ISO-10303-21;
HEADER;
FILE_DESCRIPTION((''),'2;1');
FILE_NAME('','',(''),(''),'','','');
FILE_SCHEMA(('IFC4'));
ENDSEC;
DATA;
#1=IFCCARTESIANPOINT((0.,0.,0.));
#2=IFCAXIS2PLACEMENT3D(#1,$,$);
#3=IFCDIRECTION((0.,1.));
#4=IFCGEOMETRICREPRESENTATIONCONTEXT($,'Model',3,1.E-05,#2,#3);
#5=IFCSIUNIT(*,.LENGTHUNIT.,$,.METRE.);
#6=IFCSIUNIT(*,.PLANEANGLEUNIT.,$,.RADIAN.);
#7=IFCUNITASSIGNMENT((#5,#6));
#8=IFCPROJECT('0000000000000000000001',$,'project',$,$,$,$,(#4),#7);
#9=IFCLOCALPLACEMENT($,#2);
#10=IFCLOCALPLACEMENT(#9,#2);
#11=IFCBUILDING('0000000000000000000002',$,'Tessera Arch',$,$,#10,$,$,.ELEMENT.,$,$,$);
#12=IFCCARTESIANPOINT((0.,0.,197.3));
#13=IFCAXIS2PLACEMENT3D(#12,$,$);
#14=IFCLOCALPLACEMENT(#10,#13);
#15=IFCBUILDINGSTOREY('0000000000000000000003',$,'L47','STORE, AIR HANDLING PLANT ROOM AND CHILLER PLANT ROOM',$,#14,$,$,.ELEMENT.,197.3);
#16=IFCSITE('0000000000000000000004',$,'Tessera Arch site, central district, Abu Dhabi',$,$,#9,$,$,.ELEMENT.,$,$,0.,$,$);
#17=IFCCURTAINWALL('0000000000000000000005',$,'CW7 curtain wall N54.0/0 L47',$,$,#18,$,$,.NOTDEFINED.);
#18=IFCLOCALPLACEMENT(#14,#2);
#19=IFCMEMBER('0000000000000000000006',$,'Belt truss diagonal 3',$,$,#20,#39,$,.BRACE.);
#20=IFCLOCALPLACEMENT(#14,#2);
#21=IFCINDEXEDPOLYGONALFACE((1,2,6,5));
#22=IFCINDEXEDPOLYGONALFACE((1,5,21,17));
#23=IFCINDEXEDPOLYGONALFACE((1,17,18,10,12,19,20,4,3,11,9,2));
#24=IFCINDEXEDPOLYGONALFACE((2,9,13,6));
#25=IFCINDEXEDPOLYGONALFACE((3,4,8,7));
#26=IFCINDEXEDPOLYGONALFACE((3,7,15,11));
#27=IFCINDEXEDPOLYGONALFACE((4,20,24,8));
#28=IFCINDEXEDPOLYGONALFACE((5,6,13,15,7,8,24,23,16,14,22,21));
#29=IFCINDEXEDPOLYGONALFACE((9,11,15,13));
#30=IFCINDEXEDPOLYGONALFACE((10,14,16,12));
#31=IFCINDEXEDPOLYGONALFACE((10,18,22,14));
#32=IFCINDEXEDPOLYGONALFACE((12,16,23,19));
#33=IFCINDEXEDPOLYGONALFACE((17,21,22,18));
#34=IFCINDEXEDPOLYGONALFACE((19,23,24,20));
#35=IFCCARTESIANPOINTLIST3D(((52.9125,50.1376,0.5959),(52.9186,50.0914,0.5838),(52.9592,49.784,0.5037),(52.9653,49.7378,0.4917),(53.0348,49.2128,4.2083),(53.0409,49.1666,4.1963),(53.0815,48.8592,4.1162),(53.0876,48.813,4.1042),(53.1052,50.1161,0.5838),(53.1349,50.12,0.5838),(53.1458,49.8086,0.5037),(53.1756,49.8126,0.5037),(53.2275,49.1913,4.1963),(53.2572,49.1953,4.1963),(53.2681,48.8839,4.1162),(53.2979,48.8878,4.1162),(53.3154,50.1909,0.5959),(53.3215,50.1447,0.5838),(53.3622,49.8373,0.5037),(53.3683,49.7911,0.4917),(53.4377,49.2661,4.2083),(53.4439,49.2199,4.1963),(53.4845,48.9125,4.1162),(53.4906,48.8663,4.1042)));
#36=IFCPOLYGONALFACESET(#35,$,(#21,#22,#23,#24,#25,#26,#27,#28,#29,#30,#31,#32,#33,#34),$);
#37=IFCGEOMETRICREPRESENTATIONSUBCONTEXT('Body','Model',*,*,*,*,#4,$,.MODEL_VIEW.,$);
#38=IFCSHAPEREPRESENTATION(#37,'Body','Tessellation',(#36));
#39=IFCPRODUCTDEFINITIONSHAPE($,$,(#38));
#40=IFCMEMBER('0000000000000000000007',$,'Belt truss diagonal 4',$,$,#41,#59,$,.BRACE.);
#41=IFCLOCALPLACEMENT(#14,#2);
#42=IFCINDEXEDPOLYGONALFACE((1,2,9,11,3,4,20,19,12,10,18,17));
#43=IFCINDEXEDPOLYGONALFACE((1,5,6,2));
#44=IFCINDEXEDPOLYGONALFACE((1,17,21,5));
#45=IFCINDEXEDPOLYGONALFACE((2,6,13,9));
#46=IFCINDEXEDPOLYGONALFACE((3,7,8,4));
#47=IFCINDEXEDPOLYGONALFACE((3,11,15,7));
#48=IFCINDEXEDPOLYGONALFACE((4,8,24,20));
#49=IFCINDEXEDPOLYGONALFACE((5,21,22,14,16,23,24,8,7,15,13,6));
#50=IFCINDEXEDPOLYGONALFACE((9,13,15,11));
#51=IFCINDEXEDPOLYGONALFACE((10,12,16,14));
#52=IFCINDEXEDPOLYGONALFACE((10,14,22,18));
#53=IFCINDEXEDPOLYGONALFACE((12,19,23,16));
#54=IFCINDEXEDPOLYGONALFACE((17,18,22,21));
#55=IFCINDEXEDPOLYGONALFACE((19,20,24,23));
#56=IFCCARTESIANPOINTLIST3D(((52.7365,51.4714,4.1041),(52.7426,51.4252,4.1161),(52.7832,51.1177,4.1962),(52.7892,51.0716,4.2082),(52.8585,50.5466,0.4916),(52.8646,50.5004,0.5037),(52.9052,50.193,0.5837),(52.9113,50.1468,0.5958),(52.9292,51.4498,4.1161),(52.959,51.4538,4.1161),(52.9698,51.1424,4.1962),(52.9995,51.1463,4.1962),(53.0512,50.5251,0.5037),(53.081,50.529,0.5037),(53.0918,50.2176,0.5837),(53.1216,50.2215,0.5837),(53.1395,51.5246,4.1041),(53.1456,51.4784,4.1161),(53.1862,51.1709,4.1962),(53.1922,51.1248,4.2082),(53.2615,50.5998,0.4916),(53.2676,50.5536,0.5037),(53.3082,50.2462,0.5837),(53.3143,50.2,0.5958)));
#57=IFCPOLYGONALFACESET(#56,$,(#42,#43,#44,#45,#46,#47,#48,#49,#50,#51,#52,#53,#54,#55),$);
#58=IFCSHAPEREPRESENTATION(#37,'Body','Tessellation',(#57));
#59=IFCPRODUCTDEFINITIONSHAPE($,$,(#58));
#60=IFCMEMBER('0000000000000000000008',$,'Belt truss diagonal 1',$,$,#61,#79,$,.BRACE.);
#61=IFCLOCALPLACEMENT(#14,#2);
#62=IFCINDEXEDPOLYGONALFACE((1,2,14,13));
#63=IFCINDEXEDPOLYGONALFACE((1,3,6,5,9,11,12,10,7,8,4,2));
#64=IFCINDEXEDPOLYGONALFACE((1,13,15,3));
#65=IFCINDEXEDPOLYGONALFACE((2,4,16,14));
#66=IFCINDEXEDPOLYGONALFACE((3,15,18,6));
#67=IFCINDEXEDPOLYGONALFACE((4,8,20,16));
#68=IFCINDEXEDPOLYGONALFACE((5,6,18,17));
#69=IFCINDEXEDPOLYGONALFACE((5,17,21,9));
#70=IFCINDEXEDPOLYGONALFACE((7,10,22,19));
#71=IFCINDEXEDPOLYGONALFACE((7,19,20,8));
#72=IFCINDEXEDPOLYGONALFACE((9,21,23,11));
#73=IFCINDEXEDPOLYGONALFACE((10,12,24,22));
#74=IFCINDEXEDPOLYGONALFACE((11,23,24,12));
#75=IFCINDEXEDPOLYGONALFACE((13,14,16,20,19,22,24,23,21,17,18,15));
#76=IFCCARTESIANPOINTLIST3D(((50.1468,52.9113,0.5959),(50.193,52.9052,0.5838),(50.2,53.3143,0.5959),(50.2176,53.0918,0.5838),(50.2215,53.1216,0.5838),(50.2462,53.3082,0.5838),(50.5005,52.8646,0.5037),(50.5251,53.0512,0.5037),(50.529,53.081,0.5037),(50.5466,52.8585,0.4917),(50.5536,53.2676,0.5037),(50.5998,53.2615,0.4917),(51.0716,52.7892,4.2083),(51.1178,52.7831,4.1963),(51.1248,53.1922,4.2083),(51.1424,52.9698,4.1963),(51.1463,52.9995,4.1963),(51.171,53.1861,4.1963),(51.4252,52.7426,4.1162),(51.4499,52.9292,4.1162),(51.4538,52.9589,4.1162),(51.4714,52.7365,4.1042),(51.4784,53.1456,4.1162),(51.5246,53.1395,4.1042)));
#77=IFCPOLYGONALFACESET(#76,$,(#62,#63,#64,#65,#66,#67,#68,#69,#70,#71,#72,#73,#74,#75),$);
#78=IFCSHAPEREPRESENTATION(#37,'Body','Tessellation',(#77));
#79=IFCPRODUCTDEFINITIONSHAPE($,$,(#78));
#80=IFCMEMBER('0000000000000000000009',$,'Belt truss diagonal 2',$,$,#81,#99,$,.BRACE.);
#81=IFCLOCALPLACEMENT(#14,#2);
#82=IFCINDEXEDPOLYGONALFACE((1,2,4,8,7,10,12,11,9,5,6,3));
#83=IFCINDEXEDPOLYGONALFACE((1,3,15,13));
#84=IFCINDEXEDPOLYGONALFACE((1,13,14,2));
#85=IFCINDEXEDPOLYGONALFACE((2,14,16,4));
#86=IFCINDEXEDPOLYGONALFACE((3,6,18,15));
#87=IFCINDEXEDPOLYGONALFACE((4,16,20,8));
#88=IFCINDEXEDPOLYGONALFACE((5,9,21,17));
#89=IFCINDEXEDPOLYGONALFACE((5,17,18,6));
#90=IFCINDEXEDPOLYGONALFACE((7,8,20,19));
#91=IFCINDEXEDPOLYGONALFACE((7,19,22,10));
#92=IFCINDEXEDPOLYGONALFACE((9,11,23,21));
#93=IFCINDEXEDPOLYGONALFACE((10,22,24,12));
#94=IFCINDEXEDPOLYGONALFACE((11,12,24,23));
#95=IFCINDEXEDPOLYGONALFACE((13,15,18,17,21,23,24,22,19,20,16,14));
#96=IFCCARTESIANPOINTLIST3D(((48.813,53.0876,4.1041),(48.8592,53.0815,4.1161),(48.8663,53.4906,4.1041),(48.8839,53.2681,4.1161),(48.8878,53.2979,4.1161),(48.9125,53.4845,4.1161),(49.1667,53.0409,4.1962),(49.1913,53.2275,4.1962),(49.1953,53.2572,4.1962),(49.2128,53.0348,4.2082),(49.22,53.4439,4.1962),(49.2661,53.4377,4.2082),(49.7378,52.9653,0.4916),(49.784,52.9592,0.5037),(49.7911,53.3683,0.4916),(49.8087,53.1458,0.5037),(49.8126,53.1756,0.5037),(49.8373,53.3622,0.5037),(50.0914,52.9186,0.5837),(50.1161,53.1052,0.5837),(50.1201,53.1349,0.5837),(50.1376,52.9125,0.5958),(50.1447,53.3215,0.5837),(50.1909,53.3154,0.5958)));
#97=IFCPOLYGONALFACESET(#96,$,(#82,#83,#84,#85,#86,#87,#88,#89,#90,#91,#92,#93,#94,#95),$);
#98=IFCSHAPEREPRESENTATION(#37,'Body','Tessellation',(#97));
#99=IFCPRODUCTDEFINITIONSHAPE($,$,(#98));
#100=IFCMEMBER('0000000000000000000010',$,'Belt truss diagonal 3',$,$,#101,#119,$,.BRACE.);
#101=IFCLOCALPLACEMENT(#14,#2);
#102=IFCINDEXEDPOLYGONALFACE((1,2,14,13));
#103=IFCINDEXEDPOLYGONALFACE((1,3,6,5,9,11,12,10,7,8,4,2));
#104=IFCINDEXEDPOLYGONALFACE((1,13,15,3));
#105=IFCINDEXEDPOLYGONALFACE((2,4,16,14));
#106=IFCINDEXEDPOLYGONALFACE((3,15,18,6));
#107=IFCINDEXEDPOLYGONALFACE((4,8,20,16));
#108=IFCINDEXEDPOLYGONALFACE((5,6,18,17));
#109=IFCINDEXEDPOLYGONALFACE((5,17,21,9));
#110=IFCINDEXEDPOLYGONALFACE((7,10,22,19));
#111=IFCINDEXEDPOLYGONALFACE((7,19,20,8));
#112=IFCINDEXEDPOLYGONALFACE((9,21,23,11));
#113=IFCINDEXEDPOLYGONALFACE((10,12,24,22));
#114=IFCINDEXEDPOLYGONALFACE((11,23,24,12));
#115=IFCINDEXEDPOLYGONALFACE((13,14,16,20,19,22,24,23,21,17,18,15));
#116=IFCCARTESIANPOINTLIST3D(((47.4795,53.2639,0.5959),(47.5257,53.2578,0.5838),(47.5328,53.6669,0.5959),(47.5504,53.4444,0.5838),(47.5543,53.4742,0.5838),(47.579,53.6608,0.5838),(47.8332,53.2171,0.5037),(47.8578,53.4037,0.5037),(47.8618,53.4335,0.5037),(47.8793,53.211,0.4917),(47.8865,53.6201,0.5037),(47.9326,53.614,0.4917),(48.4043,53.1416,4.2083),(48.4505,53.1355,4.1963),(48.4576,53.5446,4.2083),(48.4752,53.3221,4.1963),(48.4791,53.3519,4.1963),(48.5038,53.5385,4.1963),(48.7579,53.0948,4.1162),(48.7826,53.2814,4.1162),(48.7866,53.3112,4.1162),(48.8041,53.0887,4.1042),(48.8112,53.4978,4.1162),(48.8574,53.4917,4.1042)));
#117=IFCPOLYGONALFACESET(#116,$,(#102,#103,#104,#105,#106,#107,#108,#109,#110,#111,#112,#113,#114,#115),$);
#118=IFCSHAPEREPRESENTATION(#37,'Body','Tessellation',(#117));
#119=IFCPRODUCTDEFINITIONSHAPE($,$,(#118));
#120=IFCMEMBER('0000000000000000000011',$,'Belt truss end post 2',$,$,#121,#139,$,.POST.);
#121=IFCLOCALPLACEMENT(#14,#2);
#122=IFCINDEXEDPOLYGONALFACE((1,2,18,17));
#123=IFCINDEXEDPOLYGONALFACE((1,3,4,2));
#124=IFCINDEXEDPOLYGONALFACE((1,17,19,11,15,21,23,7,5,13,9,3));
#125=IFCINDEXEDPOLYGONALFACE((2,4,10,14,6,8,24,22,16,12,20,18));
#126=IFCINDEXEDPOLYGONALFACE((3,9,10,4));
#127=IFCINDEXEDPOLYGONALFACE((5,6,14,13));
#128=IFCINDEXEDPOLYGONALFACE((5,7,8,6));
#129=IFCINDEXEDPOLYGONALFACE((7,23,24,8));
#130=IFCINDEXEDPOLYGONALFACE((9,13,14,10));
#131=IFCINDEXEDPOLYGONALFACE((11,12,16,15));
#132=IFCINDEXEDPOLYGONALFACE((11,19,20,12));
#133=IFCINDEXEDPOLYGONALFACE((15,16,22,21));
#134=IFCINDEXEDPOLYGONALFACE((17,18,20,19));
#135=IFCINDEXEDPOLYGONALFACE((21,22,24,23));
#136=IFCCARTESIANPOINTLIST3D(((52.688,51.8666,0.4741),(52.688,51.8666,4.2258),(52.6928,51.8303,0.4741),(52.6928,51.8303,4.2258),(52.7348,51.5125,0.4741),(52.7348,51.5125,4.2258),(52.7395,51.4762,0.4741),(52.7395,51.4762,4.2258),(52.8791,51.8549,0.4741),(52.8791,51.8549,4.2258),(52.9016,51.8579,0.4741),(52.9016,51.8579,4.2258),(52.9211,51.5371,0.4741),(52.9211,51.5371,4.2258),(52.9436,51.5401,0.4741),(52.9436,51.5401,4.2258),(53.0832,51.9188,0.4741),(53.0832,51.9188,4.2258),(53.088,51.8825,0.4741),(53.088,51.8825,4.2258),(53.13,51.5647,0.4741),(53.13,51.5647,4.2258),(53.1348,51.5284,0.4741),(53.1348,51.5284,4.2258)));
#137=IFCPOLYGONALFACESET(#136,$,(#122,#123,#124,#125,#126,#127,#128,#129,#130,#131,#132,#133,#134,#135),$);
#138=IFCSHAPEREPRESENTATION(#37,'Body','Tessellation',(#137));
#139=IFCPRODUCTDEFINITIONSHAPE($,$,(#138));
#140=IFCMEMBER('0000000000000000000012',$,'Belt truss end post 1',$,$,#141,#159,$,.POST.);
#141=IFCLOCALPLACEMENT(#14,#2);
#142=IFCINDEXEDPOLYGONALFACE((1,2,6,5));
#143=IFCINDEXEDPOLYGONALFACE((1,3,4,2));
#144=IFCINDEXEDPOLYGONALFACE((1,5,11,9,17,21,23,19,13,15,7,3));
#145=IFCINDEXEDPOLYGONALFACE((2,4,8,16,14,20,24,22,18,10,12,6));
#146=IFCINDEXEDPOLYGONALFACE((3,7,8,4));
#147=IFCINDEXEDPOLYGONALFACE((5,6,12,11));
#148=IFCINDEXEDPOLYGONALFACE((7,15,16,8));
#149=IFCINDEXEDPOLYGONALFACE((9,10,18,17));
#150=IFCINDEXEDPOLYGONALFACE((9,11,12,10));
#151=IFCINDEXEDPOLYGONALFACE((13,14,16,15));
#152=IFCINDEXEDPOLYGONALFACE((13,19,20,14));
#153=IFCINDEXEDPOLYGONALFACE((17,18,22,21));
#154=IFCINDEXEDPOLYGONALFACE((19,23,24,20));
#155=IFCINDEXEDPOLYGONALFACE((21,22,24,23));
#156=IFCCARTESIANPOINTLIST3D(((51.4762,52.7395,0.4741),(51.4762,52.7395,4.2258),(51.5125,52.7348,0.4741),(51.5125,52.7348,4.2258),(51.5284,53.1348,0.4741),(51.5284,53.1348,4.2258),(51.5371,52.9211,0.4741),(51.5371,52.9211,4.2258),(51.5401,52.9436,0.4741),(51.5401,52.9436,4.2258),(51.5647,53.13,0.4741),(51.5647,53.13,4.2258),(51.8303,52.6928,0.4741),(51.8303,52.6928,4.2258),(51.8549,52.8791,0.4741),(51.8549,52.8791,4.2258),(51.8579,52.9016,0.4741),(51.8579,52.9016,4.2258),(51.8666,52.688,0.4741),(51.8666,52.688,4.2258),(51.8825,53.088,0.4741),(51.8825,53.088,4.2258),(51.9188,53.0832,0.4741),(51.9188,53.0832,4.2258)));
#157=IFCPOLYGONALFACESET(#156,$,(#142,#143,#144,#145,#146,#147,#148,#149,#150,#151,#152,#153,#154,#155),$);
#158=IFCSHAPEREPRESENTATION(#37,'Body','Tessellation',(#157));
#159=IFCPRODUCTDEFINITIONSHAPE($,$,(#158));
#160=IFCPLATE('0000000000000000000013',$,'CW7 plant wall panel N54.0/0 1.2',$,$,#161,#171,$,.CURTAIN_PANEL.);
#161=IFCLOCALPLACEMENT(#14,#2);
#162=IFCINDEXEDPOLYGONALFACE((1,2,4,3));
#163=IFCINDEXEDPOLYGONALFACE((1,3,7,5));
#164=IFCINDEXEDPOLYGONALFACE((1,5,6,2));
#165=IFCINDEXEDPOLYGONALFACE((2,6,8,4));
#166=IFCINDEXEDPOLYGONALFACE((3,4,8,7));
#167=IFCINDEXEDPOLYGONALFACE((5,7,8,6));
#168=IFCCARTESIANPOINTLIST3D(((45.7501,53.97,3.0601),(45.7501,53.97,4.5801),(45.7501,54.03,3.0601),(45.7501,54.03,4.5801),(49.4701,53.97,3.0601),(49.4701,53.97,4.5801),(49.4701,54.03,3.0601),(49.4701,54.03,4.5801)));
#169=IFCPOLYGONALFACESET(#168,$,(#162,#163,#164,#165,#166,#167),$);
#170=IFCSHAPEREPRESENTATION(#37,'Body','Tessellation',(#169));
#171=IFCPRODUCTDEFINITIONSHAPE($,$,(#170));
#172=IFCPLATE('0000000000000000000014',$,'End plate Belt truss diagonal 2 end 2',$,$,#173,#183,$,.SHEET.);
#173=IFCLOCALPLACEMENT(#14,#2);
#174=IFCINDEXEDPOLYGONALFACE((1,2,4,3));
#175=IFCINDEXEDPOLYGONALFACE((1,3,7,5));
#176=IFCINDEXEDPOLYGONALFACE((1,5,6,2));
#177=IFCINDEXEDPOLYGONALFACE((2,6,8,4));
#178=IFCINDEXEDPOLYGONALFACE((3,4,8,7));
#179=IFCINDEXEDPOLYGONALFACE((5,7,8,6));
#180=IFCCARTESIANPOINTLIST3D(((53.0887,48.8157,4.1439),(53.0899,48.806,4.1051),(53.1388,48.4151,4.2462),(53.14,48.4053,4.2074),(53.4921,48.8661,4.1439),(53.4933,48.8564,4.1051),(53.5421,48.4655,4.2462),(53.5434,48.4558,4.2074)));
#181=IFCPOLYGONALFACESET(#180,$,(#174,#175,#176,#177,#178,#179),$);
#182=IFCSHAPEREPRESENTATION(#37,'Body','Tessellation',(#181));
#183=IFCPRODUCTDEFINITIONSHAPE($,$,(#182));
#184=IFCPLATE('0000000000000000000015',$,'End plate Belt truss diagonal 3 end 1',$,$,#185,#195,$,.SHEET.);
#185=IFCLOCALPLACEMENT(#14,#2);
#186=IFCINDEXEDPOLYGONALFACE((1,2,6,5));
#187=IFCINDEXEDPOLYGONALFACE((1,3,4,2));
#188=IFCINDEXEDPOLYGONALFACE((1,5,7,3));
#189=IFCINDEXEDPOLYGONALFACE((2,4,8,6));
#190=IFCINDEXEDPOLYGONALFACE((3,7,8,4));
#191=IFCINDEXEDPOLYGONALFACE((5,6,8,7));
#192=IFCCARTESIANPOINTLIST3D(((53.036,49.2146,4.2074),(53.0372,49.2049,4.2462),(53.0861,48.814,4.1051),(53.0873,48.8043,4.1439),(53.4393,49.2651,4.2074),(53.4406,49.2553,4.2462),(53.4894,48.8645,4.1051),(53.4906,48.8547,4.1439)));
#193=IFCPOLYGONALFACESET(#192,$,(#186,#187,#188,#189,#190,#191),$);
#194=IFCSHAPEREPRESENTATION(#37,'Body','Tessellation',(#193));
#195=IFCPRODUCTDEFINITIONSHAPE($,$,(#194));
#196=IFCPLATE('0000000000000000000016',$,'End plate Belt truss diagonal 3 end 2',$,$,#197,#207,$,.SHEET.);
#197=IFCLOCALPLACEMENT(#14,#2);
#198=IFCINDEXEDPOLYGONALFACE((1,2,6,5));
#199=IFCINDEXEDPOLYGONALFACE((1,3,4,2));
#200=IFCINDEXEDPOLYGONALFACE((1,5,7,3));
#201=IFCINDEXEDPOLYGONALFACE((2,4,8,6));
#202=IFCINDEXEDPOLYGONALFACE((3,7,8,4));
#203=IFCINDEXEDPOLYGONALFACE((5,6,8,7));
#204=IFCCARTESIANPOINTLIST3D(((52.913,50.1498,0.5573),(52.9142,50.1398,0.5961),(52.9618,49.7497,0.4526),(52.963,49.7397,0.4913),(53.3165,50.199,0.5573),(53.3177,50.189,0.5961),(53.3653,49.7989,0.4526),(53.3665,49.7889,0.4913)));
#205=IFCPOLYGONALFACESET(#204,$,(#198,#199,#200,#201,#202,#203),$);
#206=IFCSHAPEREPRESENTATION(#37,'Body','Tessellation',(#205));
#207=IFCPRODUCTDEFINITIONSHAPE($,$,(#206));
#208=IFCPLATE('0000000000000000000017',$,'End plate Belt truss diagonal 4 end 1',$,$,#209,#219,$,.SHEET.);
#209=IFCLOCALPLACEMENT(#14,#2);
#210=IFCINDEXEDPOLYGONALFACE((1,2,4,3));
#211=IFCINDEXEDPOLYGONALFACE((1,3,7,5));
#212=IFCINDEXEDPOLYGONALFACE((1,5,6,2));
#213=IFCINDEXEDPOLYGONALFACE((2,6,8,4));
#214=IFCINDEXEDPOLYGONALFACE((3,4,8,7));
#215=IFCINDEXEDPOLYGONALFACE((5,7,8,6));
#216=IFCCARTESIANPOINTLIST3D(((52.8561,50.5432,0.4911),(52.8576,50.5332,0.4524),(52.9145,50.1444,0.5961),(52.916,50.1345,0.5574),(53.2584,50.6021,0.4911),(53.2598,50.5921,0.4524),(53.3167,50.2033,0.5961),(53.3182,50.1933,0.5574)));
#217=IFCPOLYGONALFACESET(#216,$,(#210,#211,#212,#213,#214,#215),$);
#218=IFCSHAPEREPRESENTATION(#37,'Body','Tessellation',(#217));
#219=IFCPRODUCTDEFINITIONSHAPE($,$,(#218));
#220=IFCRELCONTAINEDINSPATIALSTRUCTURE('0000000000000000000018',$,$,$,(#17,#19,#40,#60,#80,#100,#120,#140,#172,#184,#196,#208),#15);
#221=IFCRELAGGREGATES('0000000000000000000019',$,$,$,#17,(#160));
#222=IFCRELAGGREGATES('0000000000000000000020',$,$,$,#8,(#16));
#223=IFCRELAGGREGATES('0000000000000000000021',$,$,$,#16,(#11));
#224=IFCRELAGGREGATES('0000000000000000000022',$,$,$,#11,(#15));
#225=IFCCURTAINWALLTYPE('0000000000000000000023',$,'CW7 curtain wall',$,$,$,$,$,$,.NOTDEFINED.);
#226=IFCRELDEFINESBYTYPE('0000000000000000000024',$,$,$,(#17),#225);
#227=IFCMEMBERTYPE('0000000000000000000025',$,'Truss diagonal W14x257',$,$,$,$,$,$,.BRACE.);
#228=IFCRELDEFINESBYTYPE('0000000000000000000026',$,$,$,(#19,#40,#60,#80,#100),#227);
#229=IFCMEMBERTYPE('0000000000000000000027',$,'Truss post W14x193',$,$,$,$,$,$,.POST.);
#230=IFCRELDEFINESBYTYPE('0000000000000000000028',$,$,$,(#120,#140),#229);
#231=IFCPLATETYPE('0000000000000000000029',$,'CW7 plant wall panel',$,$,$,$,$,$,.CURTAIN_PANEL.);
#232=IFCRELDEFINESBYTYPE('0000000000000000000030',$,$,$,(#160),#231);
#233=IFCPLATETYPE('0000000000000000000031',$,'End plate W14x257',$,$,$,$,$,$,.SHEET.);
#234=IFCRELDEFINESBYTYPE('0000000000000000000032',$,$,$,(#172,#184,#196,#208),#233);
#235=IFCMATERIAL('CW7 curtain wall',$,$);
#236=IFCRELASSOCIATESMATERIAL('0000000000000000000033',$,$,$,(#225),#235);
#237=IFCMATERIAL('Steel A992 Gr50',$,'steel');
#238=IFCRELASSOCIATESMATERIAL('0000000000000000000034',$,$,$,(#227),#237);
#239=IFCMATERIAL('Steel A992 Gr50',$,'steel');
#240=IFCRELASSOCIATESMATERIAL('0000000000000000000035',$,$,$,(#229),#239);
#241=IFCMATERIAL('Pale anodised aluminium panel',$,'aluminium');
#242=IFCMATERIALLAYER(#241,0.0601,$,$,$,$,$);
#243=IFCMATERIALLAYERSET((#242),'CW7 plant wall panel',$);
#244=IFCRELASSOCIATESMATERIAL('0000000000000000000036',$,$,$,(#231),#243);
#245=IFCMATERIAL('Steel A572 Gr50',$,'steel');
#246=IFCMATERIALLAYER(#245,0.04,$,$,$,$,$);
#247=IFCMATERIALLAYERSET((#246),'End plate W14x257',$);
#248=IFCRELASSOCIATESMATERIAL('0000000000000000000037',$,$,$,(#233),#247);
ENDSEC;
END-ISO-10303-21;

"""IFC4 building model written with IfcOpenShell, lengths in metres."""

from ifc_helpers import new_model, si_unit, direction, frame, origin, origin_2d, place, context, subcontext, project, spatial, rectangle, i_section, extrude, material, layer, layer_set, material_profile, profile_set, type_object, element, aggregate, save


model = new_model("IFC4")

# Units and contexts
model_context = context("Model", 3, precision=1e-05, world=origin(), true_north=direction((0.0, 1.0)))
body_context = subcontext(model_context, "Body", "Model", "MODEL_VIEW")
ifc_project = project(units=[si_unit("LENGTHUNIT", "METRE"), si_unit("PLANEANGLEUNIT", "RADIAN")], contexts=[model_context])

# Site, building, storey
site_placement = place(None, origin())
site = spatial("IfcSite", under=ifc_project, at=site_placement, Name="Tessera Arch site, central district, Abu Dhabi", CompositionType="ELEMENT", RefElevation=0.0)
building_placement = place(site_placement, origin())
building = spatial("IfcBuilding", under=site, at=building_placement, Name="Tessera Arch", CompositionType="ELEMENT")
storey_placement = place(building_placement, frame((0.0, 0.0, 197.3)))
storey = spatial("IfcBuildingStorey", under=building, at=storey_placement, Name="L47", Description="STORE, AIR HANDLING PLANT ROOM AND CHILLER PLANT ROOM", CompositionType="ELEMENT", Elevation=197.3)

# Curtain wall
ifc_material_1 = material(Name="CW7 curtain wall")
curtain_wall_type = type_object("IfcCurtainWallType", Name="CW7 curtain wall", PredefinedType="NOTDEFINED", material=ifc_material_1)
curtain_wall_1_placement = place(storey_placement, origin())
curtain_wall_1 = element("IfcCurtainWall", 1, at=curtain_wall_1_placement, inside=storey, type_object=curtain_wall_type, Name="CW7 curtain wall N54.0/0 L47", PredefinedType="NOTDEFINED")

# Members
ifc_material_2 = material(Name="Steel A992 Gr50", Category="steel")
ifc_material_profile_1 = material_profile(ifc_material_2, i_section(OverallWidth=0.4065, OverallDepth=0.4165, WebThickness=0.03, FlangeThickness=0.0481, at=origin_2d()), Name="W14x257")
ifc_profile_set_1 = profile_set([ifc_material_profile_1], Name="Steel A992 Gr50")
member_type_1 = type_object("IfcMemberType", Name="Truss diagonal W14x257", PredefinedType="BRACE", material=ifc_profile_set_1)
for number, where, z_axis, x_axis, name in (
    (2, (53.2627, 49.0396, 4.1562), (-0.032783, 0.247867, -0.968239), (-0.991367, -0.131118, 0.0), "Belt truss diagonal 3"),
    (3, (53.0864, 50.3733, 0.5437), (-0.032717, 0.247868, 0.968241), (-0.991401, -0.130861, 0.0), "Belt truss diagonal 4"),
    (4, (51.2981, 52.9644, 4.1562), (-0.247868, 0.032717, -0.968241), (-0.130861, -0.991401, 0.0), "Belt truss diagonal 1"),
    (5, (49.9644, 53.1404, 0.5437), (-0.247867, 0.032783, 0.968239), (-0.131118, -0.991367, 0.0), "Belt truss diagonal 2"),
    (6, (48.6309, 53.3167, 4.1562), (-0.247867, 0.032783, -0.968239), (-0.131118, -0.991367, 0.0), "Belt truss diagonal 3"),
):
    element("IfcMember", number, at=place(storey_placement, frame(where, z_axis=z_axis, x_axis=x_axis)), inside=storey, type_object=member_type_1, Name=name, PredefinedType="BRACE", context=body_context, shape_type="SweptSolid", body=[
        extrude(i_section(OverallWidth=0.4065, OverallDepth=0.4165, WebThickness=0.03, FlangeThickness=0.0481, at=origin_2d()), origin(), (0.0, 0.0, 1.0), 3.731),
    ])
ifc_material_3 = material(Name="Steel A992 Gr50", Category="steel")
ifc_material_profile_2 = material_profile(ifc_material_3, i_section(OverallWidth=0.3987, OverallDepth=0.3938, WebThickness=0.0227, FlangeThickness=0.0366, at=origin_2d()), Name="W14x193")
ifc_profile_set_2 = profile_set([ifc_material_profile_2], Name="Steel A992 Gr50")
member_type_2 = type_object("IfcMemberType", Name="Truss post W14x193", PredefinedType="POST", material=ifc_profile_set_2)
for number, where, z_axis, x_axis, name in (
    (7, (52.9114, 51.6975, 0.4741), (0.0, 0.0, 1.0), (0.991382, 0.131003, 0.0), "Belt truss end post 2"),
    (8, (51.6975, 52.9114, 0.4741), (0.0, 0.0, 1.0), (0.131003, 0.991382, 0.0), "Belt truss end post 1"),
):
    element("IfcMember", number, at=place(storey_placement, frame(where, z_axis=z_axis, x_axis=x_axis)), inside=storey, type_object=member_type_2, Name=name, PredefinedType="POST", context=body_context, shape_type="SweptSolid", body=[
        extrude(i_section(OverallWidth=0.3987, OverallDepth=0.3938, WebThickness=0.0227, FlangeThickness=0.0366, at=origin_2d()), origin(), (0.0, 0.0, 1.0), 3.7517),
    ])

# Plate
ifc_material_4 = material(Name="Pale anodised aluminium panel", Category="aluminium")
ifc_layer_1 = layer(ifc_material_4, 0.0601)
ifc_layer_set_1 = layer_set([ifc_layer_1], Name="CW7 plant wall panel")
plate_type_1 = type_object("IfcPlateType", Name="CW7 plant wall panel", PredefinedType="CURTAIN_PANEL", material=ifc_layer_set_1)
plate_placement = place(storey_placement, frame((47.6101, 54.0, 3.0601), z_axis=(0.0, 0.0, 1.0), x_axis=(-1.0, 0.0, 0.0)))
plate = element("IfcPlate", 9, at=plate_placement, type_object=plate_type_1, Name="CW7 plant wall panel N54.0/0 1.2", PredefinedType="CURTAIN_PANEL", context=body_context, shape_type="SweptSolid", body=[
    extrude(rectangle(XDim=3.72, YDim=0.0601, at=origin_2d()), origin(), (0.0, 0.0, 1.0), 1.52),
])
aggregate(curtain_wall_1, [plate])

# Plates
ifc_material_5 = material(Name="Steel A572 Gr50", Category="steel")
ifc_layer_2 = layer(ifc_material_5, 0.04)
ifc_layer_set_2 = layer_set([ifc_layer_2], Name="End plate W14x257")
plate_type_2 = type_object("IfcPlateType", Name="End plate W14x257", PredefinedType="SHEET", material=ifc_layer_set_2)
for number, where, z_axis, x_axis, name in (
    (10, (53.3167, 48.6309, 4.1562), (-0.030482, 0.243857, 0.969332), (-0.992278, -0.124035, 0.0), "End plate Belt truss diagonal 2 end 2"),
    (11, (53.2639, 49.0298, 4.1951), (-0.030482, 0.243857, -0.969332), (-0.992278, -0.124035, 0.0), "End plate Belt truss diagonal 3 end 1"),
    (12, (53.1404, 49.9644, 0.5437), (-0.030436, 0.249578, -0.967876), (-0.992646, -0.121054, 0.0), "End plate Belt truss diagonal 3 end 2"),
    (13, (53.0879, 50.3633, 0.5049), (-0.036516, 0.249527, 0.967679), (-0.989461, -0.144799, 0.0), "End plate Belt truss diagonal 4 end 1"),
):
    element("IfcPlate", number, at=place(storey_placement, frame(where, z_axis=z_axis, x_axis=x_axis)), inside=storey, type_object=plate_type_2, Name=name, PredefinedType="SHEET", context=body_context, shape_type="SweptSolid", body=[
        extrude(rectangle(XDim=0.4065, YDim=0.4165, at=origin_2d()), origin(), (0.0, 0.0, 1.0), 0.04),
    ])

save(model, "model.ifc")
